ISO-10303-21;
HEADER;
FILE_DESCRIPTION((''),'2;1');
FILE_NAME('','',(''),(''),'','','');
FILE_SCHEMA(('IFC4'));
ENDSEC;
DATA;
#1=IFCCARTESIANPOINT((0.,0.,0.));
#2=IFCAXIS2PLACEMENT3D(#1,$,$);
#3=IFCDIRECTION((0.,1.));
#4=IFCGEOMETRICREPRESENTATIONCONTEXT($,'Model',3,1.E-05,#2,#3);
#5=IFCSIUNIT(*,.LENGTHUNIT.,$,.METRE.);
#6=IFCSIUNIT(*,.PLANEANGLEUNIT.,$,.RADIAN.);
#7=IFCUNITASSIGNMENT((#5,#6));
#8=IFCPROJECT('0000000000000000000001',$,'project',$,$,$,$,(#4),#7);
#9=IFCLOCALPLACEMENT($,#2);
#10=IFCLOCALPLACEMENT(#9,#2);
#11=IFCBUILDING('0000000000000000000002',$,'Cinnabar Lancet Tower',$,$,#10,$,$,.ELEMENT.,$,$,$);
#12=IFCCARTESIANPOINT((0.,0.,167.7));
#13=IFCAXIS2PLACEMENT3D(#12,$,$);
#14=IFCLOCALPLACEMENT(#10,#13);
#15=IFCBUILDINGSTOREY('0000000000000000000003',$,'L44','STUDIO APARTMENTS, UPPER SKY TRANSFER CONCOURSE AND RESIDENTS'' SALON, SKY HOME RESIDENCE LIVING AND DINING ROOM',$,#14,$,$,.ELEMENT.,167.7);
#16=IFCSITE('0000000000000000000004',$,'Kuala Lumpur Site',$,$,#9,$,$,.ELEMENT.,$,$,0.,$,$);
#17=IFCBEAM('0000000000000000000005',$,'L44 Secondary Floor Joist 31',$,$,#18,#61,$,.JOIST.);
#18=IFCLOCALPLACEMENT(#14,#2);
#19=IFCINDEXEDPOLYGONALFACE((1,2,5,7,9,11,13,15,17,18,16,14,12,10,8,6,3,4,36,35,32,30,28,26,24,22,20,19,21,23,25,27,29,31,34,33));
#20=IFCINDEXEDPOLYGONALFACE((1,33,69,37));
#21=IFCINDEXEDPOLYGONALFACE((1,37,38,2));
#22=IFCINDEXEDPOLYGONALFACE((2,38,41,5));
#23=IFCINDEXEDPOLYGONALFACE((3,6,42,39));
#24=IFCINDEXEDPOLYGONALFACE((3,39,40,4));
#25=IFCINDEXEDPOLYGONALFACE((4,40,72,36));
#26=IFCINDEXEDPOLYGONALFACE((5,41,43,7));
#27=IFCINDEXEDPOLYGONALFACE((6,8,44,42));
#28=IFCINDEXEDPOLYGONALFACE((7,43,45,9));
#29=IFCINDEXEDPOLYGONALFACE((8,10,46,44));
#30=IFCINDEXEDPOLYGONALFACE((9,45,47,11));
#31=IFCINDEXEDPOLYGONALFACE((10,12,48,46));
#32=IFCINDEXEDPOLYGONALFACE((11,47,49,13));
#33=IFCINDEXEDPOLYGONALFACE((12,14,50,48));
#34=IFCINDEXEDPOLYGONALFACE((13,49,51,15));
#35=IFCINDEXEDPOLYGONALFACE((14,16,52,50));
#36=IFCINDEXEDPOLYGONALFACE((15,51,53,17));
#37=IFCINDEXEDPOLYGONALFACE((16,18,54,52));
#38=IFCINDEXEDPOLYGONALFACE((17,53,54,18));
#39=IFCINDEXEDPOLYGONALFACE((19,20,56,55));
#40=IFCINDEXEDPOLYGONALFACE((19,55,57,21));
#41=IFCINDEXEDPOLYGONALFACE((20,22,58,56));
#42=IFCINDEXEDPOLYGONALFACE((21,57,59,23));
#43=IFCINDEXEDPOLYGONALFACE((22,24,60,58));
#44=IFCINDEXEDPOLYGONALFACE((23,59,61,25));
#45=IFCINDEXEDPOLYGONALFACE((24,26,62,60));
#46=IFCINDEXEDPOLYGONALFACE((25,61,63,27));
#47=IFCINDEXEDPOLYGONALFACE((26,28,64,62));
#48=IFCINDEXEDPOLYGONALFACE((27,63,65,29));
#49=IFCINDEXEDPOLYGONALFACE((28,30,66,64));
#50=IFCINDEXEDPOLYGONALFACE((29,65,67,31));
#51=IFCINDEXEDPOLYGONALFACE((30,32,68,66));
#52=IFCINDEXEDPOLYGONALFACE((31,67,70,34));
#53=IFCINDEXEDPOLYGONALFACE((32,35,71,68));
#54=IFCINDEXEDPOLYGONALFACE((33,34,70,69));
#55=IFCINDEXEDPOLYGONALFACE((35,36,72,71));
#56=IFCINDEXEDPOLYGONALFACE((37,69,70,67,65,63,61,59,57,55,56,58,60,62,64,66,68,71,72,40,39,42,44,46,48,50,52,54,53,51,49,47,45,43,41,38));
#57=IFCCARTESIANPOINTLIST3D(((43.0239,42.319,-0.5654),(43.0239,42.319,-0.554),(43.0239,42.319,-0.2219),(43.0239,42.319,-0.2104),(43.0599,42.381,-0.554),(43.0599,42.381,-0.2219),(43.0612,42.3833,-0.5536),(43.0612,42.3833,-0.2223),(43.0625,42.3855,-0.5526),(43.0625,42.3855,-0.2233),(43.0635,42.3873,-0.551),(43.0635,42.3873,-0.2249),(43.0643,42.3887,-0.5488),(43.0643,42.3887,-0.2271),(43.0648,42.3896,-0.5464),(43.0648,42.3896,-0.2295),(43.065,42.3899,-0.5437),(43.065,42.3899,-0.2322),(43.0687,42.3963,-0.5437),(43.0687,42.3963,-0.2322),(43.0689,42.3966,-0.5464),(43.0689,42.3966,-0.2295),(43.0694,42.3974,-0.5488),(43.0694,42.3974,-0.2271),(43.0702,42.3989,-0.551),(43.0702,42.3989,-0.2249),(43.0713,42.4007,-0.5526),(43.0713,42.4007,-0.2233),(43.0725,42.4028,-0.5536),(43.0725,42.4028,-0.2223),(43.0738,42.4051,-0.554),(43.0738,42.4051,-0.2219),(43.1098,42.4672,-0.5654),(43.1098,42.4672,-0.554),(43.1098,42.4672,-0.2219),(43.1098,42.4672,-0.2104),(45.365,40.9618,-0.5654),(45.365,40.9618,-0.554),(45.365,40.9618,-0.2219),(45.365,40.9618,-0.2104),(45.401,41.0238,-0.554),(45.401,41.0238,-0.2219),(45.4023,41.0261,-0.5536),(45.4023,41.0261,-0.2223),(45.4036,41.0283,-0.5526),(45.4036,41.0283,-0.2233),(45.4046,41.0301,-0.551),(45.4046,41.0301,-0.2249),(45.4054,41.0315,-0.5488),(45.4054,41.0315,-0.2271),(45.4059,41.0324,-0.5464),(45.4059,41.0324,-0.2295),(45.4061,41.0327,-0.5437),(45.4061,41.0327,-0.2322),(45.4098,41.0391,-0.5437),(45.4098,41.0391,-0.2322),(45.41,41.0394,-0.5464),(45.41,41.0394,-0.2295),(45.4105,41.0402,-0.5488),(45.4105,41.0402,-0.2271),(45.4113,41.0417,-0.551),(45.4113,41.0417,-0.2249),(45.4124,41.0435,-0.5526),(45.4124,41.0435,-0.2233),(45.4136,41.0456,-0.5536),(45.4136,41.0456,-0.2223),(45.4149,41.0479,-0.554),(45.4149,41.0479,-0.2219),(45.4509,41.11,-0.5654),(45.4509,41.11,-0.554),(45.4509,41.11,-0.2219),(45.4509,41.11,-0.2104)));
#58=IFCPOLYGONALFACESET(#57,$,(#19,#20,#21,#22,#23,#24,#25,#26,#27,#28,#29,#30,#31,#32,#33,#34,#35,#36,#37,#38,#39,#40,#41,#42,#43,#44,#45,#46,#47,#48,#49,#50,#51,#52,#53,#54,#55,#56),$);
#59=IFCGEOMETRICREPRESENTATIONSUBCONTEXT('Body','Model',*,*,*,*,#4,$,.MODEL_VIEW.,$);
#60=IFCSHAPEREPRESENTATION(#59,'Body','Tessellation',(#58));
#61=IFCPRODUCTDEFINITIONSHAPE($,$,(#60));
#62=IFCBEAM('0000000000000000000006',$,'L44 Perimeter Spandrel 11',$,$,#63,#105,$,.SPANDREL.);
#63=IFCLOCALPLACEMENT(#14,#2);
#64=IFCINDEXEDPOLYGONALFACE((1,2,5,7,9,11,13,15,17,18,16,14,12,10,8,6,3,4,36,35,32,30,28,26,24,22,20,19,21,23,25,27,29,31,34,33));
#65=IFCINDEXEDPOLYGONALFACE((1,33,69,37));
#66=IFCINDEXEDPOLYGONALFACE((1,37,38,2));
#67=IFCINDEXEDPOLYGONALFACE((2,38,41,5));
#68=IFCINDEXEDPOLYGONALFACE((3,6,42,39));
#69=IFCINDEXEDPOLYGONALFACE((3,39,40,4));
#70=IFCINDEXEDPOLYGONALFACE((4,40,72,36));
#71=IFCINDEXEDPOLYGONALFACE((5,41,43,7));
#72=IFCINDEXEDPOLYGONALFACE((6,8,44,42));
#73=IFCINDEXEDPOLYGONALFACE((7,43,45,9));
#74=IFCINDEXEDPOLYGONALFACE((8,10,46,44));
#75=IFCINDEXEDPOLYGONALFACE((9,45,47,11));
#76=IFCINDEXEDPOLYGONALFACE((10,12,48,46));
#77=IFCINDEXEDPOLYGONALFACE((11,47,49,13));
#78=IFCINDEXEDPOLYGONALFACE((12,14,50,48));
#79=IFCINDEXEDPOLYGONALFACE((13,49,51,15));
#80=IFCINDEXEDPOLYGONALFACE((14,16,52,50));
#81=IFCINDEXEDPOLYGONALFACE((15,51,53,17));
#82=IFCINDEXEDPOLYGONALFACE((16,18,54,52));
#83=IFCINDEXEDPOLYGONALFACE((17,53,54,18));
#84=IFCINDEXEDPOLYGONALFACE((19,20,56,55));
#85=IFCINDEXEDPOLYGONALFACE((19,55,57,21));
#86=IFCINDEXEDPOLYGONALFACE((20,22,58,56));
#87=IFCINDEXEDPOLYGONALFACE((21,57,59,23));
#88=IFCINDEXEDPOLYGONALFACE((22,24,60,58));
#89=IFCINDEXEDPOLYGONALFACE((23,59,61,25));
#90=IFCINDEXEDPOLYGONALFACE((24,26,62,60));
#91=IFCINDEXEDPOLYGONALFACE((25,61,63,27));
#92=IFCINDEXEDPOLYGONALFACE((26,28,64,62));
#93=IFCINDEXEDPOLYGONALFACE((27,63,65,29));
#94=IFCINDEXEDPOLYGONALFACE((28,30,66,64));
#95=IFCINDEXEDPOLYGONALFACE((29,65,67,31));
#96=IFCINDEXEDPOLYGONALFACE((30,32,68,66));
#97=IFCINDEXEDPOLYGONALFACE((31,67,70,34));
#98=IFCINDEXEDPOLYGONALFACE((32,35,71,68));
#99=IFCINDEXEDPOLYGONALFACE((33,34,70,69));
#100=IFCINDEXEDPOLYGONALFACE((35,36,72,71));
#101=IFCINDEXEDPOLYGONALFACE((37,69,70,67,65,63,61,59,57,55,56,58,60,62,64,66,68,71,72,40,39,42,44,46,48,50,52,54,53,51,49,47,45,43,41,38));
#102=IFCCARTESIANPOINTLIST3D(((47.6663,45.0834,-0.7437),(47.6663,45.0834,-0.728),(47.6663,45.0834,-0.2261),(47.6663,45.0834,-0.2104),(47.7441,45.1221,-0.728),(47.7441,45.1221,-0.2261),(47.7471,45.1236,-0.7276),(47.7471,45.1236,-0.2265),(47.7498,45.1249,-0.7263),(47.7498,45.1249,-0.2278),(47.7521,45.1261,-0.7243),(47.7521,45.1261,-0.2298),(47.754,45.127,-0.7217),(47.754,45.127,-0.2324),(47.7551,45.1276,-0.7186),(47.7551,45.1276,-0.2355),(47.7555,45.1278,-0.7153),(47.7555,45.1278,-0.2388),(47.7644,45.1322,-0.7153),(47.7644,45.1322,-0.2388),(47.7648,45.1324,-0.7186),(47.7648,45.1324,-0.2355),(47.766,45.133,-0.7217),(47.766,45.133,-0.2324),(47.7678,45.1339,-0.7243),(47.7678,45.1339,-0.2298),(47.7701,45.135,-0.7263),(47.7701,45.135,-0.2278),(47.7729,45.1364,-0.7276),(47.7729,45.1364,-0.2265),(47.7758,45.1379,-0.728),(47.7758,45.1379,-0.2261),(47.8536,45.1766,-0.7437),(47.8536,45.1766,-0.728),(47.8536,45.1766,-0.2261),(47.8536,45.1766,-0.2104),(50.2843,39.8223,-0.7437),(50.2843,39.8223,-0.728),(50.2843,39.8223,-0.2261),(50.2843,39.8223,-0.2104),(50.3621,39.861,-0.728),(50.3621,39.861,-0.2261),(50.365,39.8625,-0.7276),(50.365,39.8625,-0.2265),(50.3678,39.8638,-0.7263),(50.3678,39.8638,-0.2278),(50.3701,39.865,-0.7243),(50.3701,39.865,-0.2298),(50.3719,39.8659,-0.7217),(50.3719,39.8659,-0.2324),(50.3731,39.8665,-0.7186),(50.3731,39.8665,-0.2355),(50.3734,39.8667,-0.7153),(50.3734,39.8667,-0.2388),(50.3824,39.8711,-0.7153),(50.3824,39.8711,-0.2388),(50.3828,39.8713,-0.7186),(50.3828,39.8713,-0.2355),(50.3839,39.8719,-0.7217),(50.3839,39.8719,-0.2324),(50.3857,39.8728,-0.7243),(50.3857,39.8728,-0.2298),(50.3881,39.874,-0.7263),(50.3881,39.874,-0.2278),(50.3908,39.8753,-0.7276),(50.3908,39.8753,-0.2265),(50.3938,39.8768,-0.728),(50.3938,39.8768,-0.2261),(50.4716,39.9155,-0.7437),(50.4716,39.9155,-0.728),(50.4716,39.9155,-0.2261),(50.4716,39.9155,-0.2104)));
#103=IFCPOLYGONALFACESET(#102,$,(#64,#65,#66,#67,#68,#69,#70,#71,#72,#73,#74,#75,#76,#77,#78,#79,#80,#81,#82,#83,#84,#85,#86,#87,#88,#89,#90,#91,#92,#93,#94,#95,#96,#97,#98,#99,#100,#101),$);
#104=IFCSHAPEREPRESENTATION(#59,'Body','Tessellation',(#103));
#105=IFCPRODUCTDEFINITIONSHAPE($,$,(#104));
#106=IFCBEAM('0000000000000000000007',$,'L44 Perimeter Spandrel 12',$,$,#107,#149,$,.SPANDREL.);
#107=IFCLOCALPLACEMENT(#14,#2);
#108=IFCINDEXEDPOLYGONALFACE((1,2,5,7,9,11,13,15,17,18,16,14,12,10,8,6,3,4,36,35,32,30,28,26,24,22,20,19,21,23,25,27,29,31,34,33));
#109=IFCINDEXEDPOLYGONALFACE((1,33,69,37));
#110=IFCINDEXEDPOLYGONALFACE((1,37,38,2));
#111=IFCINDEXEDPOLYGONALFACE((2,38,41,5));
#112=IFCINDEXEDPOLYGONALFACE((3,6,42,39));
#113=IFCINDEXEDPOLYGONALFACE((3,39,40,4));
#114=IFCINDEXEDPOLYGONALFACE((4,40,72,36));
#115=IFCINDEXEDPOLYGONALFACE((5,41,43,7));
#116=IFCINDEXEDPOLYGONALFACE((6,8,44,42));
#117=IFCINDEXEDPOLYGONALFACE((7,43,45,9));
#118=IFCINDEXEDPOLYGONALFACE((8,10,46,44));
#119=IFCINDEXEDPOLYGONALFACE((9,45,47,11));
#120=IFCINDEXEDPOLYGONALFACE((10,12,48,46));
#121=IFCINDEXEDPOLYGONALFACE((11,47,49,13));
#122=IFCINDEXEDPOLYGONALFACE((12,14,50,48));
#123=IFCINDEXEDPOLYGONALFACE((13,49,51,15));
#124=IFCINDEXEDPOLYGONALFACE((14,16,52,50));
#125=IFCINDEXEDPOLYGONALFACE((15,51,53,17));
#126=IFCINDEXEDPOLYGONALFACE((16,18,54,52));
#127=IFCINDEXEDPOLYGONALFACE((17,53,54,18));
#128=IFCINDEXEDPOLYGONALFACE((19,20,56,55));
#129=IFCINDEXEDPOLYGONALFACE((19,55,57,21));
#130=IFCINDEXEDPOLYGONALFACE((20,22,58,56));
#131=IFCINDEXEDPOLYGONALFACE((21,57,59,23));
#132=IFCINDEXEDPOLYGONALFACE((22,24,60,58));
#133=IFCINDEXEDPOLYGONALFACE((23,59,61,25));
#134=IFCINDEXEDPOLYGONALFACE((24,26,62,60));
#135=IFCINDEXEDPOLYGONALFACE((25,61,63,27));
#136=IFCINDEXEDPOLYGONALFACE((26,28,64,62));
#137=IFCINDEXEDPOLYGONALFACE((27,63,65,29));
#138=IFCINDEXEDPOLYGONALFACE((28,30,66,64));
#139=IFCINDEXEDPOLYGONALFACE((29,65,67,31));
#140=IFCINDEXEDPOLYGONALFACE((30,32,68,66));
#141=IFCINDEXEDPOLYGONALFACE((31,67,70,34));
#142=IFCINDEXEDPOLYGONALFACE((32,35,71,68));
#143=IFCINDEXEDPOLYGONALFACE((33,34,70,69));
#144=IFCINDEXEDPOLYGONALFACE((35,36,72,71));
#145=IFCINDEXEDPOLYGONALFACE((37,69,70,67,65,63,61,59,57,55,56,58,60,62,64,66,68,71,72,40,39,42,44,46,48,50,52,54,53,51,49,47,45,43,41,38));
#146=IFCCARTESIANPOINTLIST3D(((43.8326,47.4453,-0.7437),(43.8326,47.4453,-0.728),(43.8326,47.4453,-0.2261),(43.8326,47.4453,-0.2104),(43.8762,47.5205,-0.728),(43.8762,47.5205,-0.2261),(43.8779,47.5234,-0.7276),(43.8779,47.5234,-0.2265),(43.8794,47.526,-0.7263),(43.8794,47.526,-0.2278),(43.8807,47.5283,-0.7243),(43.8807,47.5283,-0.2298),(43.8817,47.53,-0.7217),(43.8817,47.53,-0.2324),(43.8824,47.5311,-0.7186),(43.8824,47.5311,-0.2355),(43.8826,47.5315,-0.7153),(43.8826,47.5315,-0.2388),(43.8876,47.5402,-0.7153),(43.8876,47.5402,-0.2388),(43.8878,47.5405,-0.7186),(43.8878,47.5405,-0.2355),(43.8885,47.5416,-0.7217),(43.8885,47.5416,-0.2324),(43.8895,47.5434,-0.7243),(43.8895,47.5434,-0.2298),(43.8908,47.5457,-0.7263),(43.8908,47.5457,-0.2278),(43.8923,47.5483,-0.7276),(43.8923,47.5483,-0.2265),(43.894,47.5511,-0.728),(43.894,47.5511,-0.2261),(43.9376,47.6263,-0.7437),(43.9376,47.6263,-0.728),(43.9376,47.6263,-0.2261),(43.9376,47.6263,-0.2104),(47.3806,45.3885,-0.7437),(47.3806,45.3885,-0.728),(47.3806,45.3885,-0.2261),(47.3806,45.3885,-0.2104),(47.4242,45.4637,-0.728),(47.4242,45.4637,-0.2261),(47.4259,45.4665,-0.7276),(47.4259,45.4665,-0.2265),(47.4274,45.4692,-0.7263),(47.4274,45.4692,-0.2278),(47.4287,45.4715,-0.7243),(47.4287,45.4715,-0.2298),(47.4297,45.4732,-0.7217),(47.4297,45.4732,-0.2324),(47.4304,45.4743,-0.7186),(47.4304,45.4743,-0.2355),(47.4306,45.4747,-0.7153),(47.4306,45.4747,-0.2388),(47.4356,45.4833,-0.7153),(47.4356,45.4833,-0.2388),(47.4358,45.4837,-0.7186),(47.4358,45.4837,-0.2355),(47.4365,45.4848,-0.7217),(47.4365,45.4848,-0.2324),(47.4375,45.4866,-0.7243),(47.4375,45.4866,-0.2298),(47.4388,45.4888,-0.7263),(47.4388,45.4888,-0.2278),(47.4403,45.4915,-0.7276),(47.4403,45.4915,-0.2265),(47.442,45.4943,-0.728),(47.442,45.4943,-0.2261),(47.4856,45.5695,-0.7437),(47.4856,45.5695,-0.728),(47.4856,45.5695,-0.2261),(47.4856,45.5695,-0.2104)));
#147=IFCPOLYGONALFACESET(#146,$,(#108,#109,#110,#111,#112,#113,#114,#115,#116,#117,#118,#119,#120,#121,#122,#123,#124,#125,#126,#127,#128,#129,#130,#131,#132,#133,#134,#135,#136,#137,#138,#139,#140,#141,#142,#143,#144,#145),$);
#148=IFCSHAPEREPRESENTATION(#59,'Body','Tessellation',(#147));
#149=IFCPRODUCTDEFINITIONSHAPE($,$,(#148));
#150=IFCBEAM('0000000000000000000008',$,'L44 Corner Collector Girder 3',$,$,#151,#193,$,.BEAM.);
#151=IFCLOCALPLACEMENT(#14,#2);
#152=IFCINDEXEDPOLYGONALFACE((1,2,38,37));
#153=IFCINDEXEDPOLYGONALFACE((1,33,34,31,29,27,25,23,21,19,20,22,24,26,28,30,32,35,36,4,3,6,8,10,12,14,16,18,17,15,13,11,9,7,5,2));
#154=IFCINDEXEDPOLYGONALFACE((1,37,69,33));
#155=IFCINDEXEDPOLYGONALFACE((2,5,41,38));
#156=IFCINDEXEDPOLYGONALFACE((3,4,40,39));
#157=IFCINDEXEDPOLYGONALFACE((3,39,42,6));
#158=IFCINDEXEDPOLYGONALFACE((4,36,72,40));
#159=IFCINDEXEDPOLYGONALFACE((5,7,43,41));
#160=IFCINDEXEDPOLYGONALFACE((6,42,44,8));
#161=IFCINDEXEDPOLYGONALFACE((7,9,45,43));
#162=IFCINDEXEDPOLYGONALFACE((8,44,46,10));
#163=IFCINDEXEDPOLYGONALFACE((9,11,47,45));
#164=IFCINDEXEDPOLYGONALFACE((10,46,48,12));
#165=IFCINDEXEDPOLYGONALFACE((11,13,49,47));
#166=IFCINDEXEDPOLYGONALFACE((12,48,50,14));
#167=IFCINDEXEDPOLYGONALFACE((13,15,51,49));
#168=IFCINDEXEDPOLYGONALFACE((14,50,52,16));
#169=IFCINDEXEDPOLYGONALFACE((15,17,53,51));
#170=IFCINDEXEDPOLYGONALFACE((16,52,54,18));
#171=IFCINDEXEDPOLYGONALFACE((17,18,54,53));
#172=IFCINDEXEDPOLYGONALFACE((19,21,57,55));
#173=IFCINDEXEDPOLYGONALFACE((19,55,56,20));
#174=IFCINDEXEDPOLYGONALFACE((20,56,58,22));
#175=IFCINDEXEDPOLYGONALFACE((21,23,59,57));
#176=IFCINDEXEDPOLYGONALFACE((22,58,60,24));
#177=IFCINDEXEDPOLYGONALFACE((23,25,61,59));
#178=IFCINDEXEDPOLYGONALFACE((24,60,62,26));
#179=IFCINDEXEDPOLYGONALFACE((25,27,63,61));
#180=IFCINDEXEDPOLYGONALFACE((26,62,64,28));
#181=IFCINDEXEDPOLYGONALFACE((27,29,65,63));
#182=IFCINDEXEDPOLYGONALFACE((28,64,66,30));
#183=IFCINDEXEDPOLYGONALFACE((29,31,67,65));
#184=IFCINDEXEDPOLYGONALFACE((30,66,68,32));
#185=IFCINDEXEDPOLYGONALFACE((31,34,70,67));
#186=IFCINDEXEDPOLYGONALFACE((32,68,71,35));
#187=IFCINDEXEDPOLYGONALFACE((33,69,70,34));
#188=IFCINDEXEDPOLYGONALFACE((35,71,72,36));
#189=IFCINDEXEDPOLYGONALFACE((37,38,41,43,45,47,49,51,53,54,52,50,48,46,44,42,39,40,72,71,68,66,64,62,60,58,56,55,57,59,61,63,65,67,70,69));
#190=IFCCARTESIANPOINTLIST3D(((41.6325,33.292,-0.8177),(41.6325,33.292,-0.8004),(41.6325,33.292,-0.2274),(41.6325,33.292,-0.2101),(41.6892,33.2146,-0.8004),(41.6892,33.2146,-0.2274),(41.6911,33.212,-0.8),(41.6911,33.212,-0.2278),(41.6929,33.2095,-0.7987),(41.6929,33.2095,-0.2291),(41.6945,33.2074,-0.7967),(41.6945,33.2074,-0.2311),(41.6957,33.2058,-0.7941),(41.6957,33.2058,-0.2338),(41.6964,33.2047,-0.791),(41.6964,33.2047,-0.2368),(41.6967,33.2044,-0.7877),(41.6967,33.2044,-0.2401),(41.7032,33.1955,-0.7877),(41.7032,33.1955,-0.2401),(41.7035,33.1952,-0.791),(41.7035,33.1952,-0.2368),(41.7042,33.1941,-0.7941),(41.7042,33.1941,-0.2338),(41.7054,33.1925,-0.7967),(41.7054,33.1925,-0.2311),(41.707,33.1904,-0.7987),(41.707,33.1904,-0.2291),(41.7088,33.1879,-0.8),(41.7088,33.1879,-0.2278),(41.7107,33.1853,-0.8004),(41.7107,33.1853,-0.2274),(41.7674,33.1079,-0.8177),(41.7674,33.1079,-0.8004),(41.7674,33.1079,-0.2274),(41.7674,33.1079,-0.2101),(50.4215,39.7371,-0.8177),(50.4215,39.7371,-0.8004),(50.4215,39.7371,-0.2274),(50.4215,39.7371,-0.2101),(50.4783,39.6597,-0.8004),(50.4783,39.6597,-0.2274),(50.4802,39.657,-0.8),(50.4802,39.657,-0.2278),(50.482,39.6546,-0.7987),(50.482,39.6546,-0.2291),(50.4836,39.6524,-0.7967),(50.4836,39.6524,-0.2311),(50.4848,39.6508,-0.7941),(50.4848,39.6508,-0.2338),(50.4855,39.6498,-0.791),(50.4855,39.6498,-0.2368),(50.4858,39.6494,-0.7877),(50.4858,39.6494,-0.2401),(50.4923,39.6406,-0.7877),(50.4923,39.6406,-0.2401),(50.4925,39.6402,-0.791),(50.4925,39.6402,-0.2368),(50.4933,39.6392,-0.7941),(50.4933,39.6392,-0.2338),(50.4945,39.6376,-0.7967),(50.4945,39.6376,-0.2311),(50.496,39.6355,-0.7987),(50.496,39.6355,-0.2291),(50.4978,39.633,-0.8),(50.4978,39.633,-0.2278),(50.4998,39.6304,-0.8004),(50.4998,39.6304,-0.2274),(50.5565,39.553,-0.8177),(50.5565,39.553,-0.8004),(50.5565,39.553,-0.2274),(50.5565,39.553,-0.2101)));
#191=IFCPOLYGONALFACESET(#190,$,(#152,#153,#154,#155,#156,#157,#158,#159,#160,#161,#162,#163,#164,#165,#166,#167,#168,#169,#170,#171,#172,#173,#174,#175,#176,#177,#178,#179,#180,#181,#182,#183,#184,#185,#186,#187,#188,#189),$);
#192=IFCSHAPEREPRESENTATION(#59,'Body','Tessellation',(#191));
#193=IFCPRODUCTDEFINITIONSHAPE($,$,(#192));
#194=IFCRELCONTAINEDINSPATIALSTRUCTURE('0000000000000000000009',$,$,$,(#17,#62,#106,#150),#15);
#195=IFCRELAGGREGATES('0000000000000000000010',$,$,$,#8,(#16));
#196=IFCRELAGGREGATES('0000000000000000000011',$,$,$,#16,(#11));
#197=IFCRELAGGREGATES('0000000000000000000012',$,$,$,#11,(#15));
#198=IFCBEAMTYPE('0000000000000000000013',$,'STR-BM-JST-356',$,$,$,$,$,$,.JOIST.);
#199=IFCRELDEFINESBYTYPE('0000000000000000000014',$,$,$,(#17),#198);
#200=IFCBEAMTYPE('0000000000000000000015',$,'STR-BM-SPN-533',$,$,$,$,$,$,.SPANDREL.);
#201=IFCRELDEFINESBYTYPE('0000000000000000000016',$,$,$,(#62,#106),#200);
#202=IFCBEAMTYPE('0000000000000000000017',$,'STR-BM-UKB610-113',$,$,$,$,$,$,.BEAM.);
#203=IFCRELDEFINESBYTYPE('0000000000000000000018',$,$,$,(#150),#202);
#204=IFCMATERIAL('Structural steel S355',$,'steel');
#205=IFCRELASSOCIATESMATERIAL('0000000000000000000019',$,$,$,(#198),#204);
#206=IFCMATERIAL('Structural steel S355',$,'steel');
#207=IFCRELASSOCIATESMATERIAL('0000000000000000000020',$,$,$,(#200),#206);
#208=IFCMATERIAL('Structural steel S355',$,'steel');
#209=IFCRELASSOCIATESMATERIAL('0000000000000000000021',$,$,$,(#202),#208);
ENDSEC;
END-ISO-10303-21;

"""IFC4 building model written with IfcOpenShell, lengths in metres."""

from ifc_helpers import new_model, si_unit, direction, frame, origin, origin_2d, place, context, subcontext, project, spatial, i_section, extrude, material, material_profile, profile_set, type_object, element, save


model = new_model("IFC4")

# Units and contexts
model_context = context("Model", 3, precision=1e-05, world=origin(), true_north=direction((0.0, 1.0)))
body_context = subcontext(model_context, "Body", "Model", "MODEL_VIEW")
ifc_project = project(units=[si_unit("LENGTHUNIT", "METRE"), si_unit("PLANEANGLEUNIT", "RADIAN")], contexts=[model_context])

# Site, building, storey
site_placement = place(None, origin())
site = spatial("IfcSite", under=ifc_project, at=site_placement, Name="Kuala Lumpur Site", CompositionType="ELEMENT", RefElevation=0.0)
building_placement = place(site_placement, origin())
building = spatial("IfcBuilding", under=site, at=building_placement, Name="Cinnabar Lancet Tower", CompositionType="ELEMENT")
storey_placement = place(building_placement, frame((0.0, 0.0, 167.7)))
storey = spatial("IfcBuildingStorey", under=building, at=storey_placement, Name="L44", Description="STUDIO APARTMENTS, UPPER SKY TRANSFER CONCOURSE AND RESIDENTS' SALON, SKY HOME RESIDENCE LIVING AND DINING ROOM", CompositionType="ELEMENT", Elevation=167.7)

# Beams
ifc_material_1 = material(Name="Structural steel S355", Category="steel")
ifc_material_profile_1 = material_profile(ifc_material_1, i_section(OverallWidth=0.1714, OverallDepth=0.355, WebThickness=0.0073, FlangeThickness=0.0115, FilletRadius=0.0103, at=origin_2d()), Name="UKB 356x171x51")
ifc_profile_set_1 = profile_set([ifc_material_profile_1], Name="Structural steel S355")
beam_type_1 = type_object("IfcBeamType", Name="STR-BM-JST-356", PredefinedType="JOIST", material=ifc_profile_set_1)
beam_1_placement = place(storey_placement, frame((45.408, 41.0359, -0.3879), z_axis=(-0.865134, 0.501541, 0.0), x_axis=(-0.501541, -0.865134, 0.0)))
element("IfcBeam", 1, at=beam_1_placement, inside=storey, type_object=beam_type_1, Name="L44 Secondary Floor Joist 31", PredefinedType="JOIST", context=body_context, shape_type="SweptSolid", body=[
    extrude(i_section(OverallWidth=0.1714, OverallDepth=0.355, WebThickness=0.0073, FlangeThickness=0.0115, FilletRadius=0.0103, at=origin_2d()), origin(), (0.0, 0.0, 1.0), 2.7061),
])
ifc_material_2 = material(Name="Structural steel S355", Category="steel")
ifc_material_profile_2 = material_profile(ifc_material_2, i_section(OverallWidth=0.2092, OverallDepth=0.5332, WebThickness=0.01, FlangeThickness=0.0156, FilletRadius=0.0127, at=origin_2d()), Name="UKB 533x210x92")
ifc_profile_set_2 = profile_set([ifc_material_profile_2], Name="Structural steel S355")
beam_type_2 = type_object("IfcBeamType", Name="STR-BM-SPN-533", PredefinedType="SPANDREL", material=ifc_profile_set_2)
beam_2_placement = place(storey_placement, frame((50.3779, 39.8689, -0.4771), z_axis=(-0.445501, 0.895281, 0.0), x_axis=(-0.895281, -0.445501, 0.0)))
element("IfcBeam", 2, at=beam_2_placement, inside=storey, type_object=beam_type_2, Name="L44 Perimeter Spandrel 11", PredefinedType="SPANDREL", context=body_context, shape_type="SweptSolid", body=[
    extrude(i_section(OverallWidth=0.2092, OverallDepth=0.5332, WebThickness=0.01, FlangeThickness=0.0156, FilletRadius=0.0127, at=origin_2d()), origin(), (0.0, 0.0, 1.0), 5.8765),
])
beam_3_placement = place(storey_placement, frame((47.4331, 45.479, -0.4771), z_axis=(-0.865138, 0.501534, 0.0), x_axis=(-0.501534, -0.865138, 0.0)))
element("IfcBeam", 3, at=beam_3_placement, inside=storey, type_object=beam_type_2, Name="L44 Perimeter Spandrel 12", PredefinedType="SPANDREL", context=body_context, shape_type="SweptSolid", body=[
    extrude(i_section(OverallWidth=0.2092, OverallDepth=0.5332, WebThickness=0.01, FlangeThickness=0.0156, FilletRadius=0.0127, at=origin_2d()), origin(), (0.0, 0.0, 1.0), 4.1011),
])
ifc_material_3 = material(Name="Structural steel S355", Category="steel")
ifc_material_profile_3 = material_profile(ifc_material_3, i_section(OverallWidth=0.2283, OverallDepth=0.6077, WebThickness=0.011, FlangeThickness=0.0173, FilletRadius=0.0127, at=origin_2d()), Name="UKB 610x229x113")
ifc_profile_set_3 = profile_set([ifc_material_profile_3], Name="Structural steel S355")
beam_type_3 = type_object("IfcBeamType", Name="STR-BM-UKB610-113", PredefinedType="BEAM", material=ifc_profile_set_3)
beam_4_placement = place(storey_placement, frame((50.489, 39.645, -0.5139), z_axis=(-0.806416, -0.591349, 0.0), x_axis=(0.591349, -0.806416, 0.0)))
element("IfcBeam", 4, at=beam_4_placement, inside=storey, type_object=beam_type_3, Name="L44 Corner Collector Girder 3", PredefinedType="BEAM", context=body_context, shape_type="SweptSolid", body=[
    extrude(i_section(OverallWidth=0.2283, OverallDepth=0.6077, WebThickness=0.011, FlangeThickness=0.0173, FilletRadius=0.0127, at=origin_2d()), origin(), (0.0, 0.0, 1.0), 10.8989),
])

save(model, "model.ifc")
